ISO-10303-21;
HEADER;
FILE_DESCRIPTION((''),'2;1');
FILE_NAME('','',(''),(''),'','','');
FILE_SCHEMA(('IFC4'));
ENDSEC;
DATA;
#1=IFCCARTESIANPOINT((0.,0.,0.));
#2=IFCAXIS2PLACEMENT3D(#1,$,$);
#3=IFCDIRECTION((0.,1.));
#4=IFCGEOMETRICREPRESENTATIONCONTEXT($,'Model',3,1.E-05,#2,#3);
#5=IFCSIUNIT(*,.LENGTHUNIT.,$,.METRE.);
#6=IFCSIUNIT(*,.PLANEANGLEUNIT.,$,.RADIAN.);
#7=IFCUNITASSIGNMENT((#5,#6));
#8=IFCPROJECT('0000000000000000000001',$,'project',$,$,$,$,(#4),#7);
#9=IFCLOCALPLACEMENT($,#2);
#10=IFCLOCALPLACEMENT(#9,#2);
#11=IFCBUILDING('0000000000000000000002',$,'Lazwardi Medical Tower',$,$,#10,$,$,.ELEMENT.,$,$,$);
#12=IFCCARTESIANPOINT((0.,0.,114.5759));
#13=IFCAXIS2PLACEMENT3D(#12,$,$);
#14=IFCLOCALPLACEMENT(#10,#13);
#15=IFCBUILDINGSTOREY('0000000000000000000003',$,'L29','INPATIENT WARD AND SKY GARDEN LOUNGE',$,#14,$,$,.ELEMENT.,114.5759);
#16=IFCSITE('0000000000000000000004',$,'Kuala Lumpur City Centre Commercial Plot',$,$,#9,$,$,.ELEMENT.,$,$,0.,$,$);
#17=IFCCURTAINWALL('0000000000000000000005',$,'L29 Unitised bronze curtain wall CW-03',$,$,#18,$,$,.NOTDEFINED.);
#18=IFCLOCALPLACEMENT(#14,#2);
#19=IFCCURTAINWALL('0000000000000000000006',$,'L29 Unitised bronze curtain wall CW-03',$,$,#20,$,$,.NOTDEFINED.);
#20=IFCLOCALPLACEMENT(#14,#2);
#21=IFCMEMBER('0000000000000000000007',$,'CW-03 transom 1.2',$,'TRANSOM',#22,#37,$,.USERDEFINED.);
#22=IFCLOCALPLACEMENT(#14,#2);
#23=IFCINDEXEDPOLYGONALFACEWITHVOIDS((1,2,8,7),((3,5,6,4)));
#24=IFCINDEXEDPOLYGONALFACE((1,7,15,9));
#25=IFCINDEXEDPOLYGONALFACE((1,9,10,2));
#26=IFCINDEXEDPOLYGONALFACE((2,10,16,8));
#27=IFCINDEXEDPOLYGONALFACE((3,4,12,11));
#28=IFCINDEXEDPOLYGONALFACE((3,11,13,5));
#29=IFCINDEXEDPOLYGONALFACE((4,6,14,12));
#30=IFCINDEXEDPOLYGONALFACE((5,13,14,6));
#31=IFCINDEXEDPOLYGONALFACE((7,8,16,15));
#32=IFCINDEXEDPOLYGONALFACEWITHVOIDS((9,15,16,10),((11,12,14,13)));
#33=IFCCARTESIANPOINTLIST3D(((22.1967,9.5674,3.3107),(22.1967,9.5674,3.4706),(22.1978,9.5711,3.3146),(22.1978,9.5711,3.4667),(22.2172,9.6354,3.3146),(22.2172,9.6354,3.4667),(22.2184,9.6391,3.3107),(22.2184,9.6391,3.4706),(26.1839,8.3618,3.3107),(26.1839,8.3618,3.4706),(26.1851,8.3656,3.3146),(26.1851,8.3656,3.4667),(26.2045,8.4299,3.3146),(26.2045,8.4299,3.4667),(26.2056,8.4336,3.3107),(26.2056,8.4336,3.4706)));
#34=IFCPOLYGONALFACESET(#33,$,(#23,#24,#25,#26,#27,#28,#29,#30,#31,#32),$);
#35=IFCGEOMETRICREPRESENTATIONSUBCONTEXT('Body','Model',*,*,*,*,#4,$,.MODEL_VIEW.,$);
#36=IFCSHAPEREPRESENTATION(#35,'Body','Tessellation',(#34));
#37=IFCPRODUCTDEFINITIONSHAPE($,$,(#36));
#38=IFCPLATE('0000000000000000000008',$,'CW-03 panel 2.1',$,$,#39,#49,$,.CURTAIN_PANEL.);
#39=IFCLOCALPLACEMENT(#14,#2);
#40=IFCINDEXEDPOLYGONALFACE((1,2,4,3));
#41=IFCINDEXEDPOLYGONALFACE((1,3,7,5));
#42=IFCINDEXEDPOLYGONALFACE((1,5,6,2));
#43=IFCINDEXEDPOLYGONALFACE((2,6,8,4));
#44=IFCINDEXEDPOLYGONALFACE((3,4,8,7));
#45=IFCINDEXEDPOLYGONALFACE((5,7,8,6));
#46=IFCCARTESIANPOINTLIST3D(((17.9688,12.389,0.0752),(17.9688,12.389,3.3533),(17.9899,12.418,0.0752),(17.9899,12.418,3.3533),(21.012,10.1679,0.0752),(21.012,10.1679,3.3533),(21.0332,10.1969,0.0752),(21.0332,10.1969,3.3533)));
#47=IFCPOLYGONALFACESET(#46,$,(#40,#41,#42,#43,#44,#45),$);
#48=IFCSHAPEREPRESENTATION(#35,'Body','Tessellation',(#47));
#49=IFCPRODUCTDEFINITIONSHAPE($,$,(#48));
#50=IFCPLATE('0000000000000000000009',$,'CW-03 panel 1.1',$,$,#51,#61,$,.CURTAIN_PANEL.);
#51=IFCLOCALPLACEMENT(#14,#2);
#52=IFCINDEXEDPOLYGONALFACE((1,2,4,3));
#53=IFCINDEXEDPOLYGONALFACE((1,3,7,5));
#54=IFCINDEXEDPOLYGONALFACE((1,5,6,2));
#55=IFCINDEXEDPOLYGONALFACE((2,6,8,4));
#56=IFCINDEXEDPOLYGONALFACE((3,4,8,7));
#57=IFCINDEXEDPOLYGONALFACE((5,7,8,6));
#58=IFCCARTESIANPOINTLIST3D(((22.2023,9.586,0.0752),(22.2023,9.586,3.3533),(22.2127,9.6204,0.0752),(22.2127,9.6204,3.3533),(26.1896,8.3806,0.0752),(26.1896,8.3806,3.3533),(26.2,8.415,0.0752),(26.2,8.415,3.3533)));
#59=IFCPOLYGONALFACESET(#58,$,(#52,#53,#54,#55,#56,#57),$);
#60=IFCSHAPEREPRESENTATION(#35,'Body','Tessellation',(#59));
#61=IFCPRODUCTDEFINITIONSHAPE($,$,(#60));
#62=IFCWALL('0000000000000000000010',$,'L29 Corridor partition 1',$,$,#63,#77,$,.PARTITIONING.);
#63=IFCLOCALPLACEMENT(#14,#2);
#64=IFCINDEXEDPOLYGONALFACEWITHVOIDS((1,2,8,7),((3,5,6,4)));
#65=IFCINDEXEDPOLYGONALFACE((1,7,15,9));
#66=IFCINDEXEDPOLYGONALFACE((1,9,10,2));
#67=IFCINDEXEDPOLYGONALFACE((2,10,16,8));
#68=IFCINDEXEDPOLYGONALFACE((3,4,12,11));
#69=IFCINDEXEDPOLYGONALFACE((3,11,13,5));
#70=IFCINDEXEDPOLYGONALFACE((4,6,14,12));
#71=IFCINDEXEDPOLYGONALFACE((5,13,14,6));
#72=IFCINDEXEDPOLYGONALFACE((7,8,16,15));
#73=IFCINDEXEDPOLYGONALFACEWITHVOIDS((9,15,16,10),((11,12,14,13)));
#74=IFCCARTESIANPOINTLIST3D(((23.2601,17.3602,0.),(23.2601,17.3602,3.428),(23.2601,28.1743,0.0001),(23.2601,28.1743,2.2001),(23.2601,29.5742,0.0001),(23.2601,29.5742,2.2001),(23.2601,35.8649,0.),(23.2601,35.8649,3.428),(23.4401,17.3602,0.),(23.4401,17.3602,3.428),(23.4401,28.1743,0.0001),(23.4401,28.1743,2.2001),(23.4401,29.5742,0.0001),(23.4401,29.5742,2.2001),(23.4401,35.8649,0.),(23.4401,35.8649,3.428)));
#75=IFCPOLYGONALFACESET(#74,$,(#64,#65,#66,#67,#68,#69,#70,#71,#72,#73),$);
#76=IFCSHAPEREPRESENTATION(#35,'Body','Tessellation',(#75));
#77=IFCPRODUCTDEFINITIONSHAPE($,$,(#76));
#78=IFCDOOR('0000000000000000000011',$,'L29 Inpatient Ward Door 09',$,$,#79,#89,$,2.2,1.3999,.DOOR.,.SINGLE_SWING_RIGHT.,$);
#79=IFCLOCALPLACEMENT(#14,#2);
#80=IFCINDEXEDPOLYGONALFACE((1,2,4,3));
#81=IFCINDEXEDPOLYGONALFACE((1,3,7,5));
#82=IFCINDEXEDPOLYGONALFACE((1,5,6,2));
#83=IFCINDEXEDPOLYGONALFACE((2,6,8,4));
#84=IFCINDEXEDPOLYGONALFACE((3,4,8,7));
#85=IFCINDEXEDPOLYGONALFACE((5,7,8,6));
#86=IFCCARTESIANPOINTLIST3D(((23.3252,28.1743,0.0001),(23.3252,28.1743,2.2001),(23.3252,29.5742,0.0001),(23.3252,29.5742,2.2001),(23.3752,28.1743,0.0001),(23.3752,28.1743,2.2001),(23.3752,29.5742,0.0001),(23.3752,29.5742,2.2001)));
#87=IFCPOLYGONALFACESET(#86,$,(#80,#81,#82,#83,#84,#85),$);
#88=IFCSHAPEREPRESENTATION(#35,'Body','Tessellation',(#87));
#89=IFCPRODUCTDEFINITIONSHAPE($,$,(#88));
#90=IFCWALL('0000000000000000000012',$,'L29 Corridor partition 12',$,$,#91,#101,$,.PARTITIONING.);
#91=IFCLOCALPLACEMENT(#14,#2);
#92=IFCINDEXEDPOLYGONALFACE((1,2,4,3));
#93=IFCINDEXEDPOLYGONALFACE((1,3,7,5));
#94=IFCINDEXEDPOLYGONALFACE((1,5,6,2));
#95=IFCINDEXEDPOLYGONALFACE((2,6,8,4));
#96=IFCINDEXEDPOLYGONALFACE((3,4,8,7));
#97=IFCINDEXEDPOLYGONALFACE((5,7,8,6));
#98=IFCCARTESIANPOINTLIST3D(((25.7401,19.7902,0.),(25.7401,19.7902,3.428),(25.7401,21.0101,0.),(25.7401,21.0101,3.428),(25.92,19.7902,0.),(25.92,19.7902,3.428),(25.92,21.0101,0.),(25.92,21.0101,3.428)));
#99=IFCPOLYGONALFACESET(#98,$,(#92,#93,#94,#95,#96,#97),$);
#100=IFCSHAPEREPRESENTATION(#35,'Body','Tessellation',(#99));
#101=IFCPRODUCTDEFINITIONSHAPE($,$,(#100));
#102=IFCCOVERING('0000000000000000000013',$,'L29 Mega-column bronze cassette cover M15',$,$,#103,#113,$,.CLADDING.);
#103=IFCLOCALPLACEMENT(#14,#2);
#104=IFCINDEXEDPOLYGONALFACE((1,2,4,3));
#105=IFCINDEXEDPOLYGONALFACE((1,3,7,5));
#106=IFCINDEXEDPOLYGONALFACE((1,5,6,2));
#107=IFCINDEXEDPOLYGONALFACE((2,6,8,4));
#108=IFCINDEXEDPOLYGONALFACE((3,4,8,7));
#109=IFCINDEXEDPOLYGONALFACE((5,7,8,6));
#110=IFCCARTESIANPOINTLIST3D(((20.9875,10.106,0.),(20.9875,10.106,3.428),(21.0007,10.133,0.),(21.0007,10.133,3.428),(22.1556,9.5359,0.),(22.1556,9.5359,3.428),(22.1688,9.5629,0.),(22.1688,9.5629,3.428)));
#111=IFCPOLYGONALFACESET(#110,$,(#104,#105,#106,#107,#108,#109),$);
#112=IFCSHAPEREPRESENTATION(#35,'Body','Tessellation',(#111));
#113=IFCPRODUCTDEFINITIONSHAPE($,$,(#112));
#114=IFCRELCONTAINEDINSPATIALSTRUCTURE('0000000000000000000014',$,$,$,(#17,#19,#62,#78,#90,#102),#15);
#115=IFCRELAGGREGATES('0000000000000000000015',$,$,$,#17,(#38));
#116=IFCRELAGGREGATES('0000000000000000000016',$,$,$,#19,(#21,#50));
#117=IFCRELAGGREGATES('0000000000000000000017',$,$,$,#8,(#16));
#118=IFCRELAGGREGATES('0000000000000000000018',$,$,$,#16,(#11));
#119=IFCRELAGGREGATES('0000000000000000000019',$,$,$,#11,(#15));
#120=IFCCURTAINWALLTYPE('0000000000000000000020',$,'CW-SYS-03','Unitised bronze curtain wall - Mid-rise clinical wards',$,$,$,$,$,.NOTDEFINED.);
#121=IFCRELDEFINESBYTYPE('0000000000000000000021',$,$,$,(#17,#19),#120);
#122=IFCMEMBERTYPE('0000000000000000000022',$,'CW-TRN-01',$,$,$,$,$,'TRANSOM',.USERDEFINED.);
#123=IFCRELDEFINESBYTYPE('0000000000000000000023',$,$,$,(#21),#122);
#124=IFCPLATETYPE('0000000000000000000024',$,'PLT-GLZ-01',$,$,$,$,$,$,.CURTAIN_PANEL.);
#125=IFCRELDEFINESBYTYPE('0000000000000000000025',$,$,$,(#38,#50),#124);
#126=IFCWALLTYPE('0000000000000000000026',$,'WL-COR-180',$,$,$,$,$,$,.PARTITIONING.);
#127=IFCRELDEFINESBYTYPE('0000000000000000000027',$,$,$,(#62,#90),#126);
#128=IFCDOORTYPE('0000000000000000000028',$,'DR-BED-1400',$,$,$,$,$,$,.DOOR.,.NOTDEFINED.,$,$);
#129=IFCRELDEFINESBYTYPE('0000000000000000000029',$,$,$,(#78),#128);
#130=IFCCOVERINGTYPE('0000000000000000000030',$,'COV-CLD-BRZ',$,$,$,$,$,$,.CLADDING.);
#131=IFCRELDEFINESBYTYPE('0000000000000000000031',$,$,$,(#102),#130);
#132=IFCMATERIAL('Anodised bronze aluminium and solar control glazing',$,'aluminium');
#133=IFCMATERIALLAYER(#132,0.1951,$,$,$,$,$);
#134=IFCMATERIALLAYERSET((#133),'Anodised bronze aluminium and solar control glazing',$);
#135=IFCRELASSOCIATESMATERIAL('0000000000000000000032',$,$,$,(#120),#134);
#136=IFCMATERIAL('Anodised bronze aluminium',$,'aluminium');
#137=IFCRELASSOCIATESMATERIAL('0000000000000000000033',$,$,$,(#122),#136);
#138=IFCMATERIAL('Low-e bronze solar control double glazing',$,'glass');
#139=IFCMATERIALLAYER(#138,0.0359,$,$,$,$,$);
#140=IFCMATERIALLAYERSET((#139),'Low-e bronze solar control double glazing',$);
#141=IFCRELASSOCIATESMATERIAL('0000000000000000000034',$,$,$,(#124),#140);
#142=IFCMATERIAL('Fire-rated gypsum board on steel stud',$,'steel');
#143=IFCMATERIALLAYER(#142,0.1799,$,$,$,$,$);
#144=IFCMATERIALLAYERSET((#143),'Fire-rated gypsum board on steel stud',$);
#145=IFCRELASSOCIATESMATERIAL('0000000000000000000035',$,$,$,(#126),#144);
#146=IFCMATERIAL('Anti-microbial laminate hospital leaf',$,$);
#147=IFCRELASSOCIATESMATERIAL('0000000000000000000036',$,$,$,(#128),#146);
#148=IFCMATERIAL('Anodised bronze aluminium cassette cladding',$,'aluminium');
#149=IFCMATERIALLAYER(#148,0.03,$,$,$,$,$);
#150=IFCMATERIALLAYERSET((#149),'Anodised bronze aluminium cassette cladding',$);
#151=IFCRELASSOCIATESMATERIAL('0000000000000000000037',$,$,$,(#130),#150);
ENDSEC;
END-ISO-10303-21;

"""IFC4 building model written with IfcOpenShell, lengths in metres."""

from ifc_helpers import new_model, si_unit, direction, frame, frame_2d, origin, origin_2d, place, context, subcontext, project, spatial, rectangle, hollow_rectangle, extrude, material, layer, layer_set, material_profile, profile_set, type_object, element, fill, aggregate, save


model = new_model("IFC4")

# Units and contexts
model_context = context("Model", 3, precision=1e-05, world=origin(), true_north=direction((0.0, 1.0)))
body_context = subcontext(model_context, "Body", "Model", "MODEL_VIEW")
ifc_project = project(units=[si_unit("LENGTHUNIT", "METRE"), si_unit("PLANEANGLEUNIT", "RADIAN")], contexts=[model_context])

# Site, building, storey
site_placement = place(None, origin())
site = spatial("IfcSite", under=ifc_project, at=site_placement, Name="Kuala Lumpur City Centre Commercial Plot", CompositionType="ELEMENT", RefElevation=0.0)
building_placement = place(site_placement, origin())
building = spatial("IfcBuilding", under=site, at=building_placement, Name="Lazwardi Medical Tower", CompositionType="ELEMENT")
storey_placement = place(building_placement, frame((0.0, 0.0, 114.5759)))
storey = spatial("IfcBuildingStorey", under=building, at=storey_placement, Name="L29", Description="INPATIENT WARD AND SKY GARDEN LOUNGE", CompositionType="ELEMENT", Elevation=114.5759)

# Curtain wall
ifc_material_1 = material(Name="Anodised bronze aluminium and solar control glazing", Category="aluminium")
ifc_layer_1 = layer(ifc_material_1, 0.1951)
ifc_layer_set_1 = layer_set([ifc_layer_1], Name="Anodised bronze aluminium and solar control glazing")
curtain_wall_type = type_object("IfcCurtainWallType", Name="CW-SYS-03", Description="Unitised bronze curtain wall - Mid-rise clinical wards", PredefinedType="NOTDEFINED", material=ifc_layer_set_1)
curtain_wall_1_placement = place(storey_placement, origin())
curtain_wall_1 = element("IfcCurtainWall", 1, at=curtain_wall_1_placement, inside=storey, type_object=curtain_wall_type, Name="L29 Unitised bronze curtain wall CW-03", PredefinedType="NOTDEFINED")
ifc_material_2 = material(Name="Anodised bronze aluminium", Category="aluminium")

# Curtain wall
curtain_wall_2_placement = place(storey_placement, origin())
curtain_wall_2 = element("IfcCurtainWall", 2, at=curtain_wall_2_placement, inside=storey, type_object=curtain_wall_type, Name="L29 Unitised bronze curtain wall CW-03", PredefinedType="NOTDEFINED")

# Member
ifc_material_profile_1 = material_profile(ifc_material_2, hollow_rectangle(XDim=0.075, YDim=0.1599, WallThickness=0.0039, at=origin_2d()), Name="ALU-TRANSOM 160x75x4")
ifc_profile_set_1 = profile_set([ifc_material_profile_1], Name="Anodised bronze aluminium")
member_type_1 = type_object("IfcMemberType", Name="CW-TRN-01", ElementType="TRANSOM", PredefinedType="USERDEFINED", material=ifc_profile_set_1)
member_1_placement = place(storey_placement, frame((22.2075, 9.6033, 3.3906), z_axis=(0.957205, -0.289412, 0.0), x_axis=(0.289412, 0.957205, 0.0)))
member_1 = element("IfcMember", 3, at=member_1_placement, type_object=member_type_1, Name="CW-03 transom 1.2", ObjectType="TRANSOM", PredefinedType="USERDEFINED", context=body_context, shape_type="SweptSolid", body=[
    extrude(hollow_rectangle(XDim=0.075, YDim=0.1599, WallThickness=0.0039, at=origin_2d()), origin(), (0.0, 0.0, 1.0), 4.1655),
])

# Plates
ifc_material_3 = material(Name="Low-e bronze solar control double glazing", Category="glass")
ifc_layer_2 = layer(ifc_material_3, 0.0359)
ifc_layer_set_2 = layer_set([ifc_layer_2], Name="Low-e bronze solar control double glazing")
plate_type = type_object("IfcPlateType", Name="PLT-GLZ-01", PredefinedType="CURTAIN_PANEL", material=ifc_layer_set_2)
plate_1_placement = place(storey_placement, frame((19.501, 11.293, 0.0752), z_axis=(0.0, 0.0, 1.0), x_axis=(0.807746, -0.589531, 0.0)))
plate_1 = element("IfcPlate", 4, at=plate_1_placement, type_object=plate_type, Name="CW-03 panel 2.1", PredefinedType="CURTAIN_PANEL", context=body_context, shape_type="SweptSolid", body=[
    extrude(rectangle(XDim=3.7676, YDim=0.0359, at=origin_2d()), origin(), (0.0, 0.0, 1.0), 3.2781),
])
aggregate(curtain_wall_1, [plate_1])
plate_2_placement = place(storey_placement, frame((24.2012, 9.0005, 0.0752), z_axis=(0.0, 0.0, 1.0), x_axis=(0.957216, -0.289374, 0.0)))
plate_2 = element("IfcPlate", 5, at=plate_2_placement, type_object=plate_type, Name="CW-03 panel 1.1", PredefinedType="CURTAIN_PANEL", context=body_context, shape_type="SweptSolid", body=[
    extrude(rectangle(XDim=4.1655, YDim=0.0359, at=origin_2d()), origin(), (0.0, 0.0, 1.0), 3.2781),
])
aggregate(curtain_wall_2, [member_1, plate_2])

# Wall, opening, door
ifc_material_4 = material(Name="Fire-rated gypsum board on steel stud", Category="steel")
ifc_layer_3 = layer(ifc_material_4, 0.1799)
ifc_layer_set_3 = layer_set([ifc_layer_3], Name="Fire-rated gypsum board on steel stud")
wall_type = type_object("IfcWallType", Name="WL-COR-180", PredefinedType="PARTITIONING", material=ifc_layer_set_3)
wall_1_placement = place(storey_placement, frame((23.3501, 17.3601, 0.0), z_axis=(0.0, 0.0, 1.0), x_axis=(0.0, 1.0, 0.0)))
wall_1 = element("IfcWall", 6, at=wall_1_placement, inside=storey, type_object=wall_type, Name="L29 Corridor partition 1", PredefinedType="PARTITIONING", context=body_context, shape_type="SweptSolid", body=[
    extrude(rectangle(XDim=18.5046, YDim=0.1799, at=frame_2d((9.2524, 0.0))), origin(), (0.0, 0.0, 1.0), 3.428),
])
opening_placement = place(wall_1_placement, frame((10.8142, 0.0, 0.0)))
opening = element("IfcOpeningElement", 7, at=opening_placement, cuts=wall_1, PredefinedType="OPENING", context=body_context, shape_type="SweptSolid", body=[
    extrude(rectangle(XDim=1.3999, YDim=2.2, at=frame_2d((0.7, 1.1001))), frame((0.0, 0.0999, 0.0), z_axis=(0.0, -1.0, 0.0), x_axis=(1.0, 0.0, 0.0)), (0.0, 0.0, 1.0), 0.2),
])
ifc_material_5 = material(Name="Anti-microbial laminate hospital leaf")
door_type = type_object("IfcDoorType", Name="DR-BED-1400", OperationType="NOTDEFINED", PredefinedType="DOOR", material=ifc_material_5)
door_placement = place(opening_placement, origin())
door = element("IfcDoor", 8, at=door_placement, inside=storey, type_object=door_type, Name="L29 Inpatient Ward Door 09", OperationType="SINGLE_SWING_RIGHT", OverallHeight=2.2, OverallWidth=1.3999, PredefinedType="DOOR", context=body_context, shape_type="SweptSolid", body=[
    extrude(rectangle(XDim=1.3999, YDim=2.2, at=frame_2d((0.7, 1.1001))), frame((0.0, 0.0249, 0.0), z_axis=(0.0, -1.0, 0.0), x_axis=(1.0, 0.0, 0.0)), (0.0, 0.0, 1.0), 0.05),
])
fill(opening, door)

# Wall
wall_2_placement = place(storey_placement, frame((25.8301, 21.01, 0.0), z_axis=(0.0, 0.0, 1.0), x_axis=(0.0, -1.0, 0.0)))
element("IfcWall", 9, at=wall_2_placement, inside=storey, type_object=wall_type, Name="L29 Corridor partition 12", PredefinedType="PARTITIONING", context=body_context, shape_type="SweptSolid", body=[
    extrude(rectangle(XDim=1.22, YDim=0.1799, at=frame_2d((0.6099, 0.0))), origin(), (0.0, 0.0, 1.0), 3.428),
])

# Covering
ifc_material_6 = material(Name="Anodised bronze aluminium cassette cladding", Category="aluminium")
ifc_layer_4 = layer(ifc_material_6, 0.03)
ifc_layer_set_4 = layer_set([ifc_layer_4], Name="Anodised bronze aluminium cassette cladding")
covering_type = type_object("IfcCoveringType", Name="COV-CLD-BRZ", PredefinedType="CLADDING", material=ifc_layer_set_4)
covering_placement = place(storey_placement, frame((21.5781, 9.8345, 0.0), z_axis=(0.0, 0.0, 1.0), x_axis=(0.898679, -0.438606, 0.0)))
element("IfcCovering", 10, at=covering_placement, inside=storey, type_object=covering_type, Name="L29 Mega-column bronze cassette cover M15", PredefinedType="CLADDING", context=body_context, shape_type="SweptSolid", body=[
    extrude(rectangle(XDim=1.2998, YDim=0.03, at=origin_2d()), origin(), (0.0, 0.0, 1.0), 3.428),
])

save(model, "model.ifc")
